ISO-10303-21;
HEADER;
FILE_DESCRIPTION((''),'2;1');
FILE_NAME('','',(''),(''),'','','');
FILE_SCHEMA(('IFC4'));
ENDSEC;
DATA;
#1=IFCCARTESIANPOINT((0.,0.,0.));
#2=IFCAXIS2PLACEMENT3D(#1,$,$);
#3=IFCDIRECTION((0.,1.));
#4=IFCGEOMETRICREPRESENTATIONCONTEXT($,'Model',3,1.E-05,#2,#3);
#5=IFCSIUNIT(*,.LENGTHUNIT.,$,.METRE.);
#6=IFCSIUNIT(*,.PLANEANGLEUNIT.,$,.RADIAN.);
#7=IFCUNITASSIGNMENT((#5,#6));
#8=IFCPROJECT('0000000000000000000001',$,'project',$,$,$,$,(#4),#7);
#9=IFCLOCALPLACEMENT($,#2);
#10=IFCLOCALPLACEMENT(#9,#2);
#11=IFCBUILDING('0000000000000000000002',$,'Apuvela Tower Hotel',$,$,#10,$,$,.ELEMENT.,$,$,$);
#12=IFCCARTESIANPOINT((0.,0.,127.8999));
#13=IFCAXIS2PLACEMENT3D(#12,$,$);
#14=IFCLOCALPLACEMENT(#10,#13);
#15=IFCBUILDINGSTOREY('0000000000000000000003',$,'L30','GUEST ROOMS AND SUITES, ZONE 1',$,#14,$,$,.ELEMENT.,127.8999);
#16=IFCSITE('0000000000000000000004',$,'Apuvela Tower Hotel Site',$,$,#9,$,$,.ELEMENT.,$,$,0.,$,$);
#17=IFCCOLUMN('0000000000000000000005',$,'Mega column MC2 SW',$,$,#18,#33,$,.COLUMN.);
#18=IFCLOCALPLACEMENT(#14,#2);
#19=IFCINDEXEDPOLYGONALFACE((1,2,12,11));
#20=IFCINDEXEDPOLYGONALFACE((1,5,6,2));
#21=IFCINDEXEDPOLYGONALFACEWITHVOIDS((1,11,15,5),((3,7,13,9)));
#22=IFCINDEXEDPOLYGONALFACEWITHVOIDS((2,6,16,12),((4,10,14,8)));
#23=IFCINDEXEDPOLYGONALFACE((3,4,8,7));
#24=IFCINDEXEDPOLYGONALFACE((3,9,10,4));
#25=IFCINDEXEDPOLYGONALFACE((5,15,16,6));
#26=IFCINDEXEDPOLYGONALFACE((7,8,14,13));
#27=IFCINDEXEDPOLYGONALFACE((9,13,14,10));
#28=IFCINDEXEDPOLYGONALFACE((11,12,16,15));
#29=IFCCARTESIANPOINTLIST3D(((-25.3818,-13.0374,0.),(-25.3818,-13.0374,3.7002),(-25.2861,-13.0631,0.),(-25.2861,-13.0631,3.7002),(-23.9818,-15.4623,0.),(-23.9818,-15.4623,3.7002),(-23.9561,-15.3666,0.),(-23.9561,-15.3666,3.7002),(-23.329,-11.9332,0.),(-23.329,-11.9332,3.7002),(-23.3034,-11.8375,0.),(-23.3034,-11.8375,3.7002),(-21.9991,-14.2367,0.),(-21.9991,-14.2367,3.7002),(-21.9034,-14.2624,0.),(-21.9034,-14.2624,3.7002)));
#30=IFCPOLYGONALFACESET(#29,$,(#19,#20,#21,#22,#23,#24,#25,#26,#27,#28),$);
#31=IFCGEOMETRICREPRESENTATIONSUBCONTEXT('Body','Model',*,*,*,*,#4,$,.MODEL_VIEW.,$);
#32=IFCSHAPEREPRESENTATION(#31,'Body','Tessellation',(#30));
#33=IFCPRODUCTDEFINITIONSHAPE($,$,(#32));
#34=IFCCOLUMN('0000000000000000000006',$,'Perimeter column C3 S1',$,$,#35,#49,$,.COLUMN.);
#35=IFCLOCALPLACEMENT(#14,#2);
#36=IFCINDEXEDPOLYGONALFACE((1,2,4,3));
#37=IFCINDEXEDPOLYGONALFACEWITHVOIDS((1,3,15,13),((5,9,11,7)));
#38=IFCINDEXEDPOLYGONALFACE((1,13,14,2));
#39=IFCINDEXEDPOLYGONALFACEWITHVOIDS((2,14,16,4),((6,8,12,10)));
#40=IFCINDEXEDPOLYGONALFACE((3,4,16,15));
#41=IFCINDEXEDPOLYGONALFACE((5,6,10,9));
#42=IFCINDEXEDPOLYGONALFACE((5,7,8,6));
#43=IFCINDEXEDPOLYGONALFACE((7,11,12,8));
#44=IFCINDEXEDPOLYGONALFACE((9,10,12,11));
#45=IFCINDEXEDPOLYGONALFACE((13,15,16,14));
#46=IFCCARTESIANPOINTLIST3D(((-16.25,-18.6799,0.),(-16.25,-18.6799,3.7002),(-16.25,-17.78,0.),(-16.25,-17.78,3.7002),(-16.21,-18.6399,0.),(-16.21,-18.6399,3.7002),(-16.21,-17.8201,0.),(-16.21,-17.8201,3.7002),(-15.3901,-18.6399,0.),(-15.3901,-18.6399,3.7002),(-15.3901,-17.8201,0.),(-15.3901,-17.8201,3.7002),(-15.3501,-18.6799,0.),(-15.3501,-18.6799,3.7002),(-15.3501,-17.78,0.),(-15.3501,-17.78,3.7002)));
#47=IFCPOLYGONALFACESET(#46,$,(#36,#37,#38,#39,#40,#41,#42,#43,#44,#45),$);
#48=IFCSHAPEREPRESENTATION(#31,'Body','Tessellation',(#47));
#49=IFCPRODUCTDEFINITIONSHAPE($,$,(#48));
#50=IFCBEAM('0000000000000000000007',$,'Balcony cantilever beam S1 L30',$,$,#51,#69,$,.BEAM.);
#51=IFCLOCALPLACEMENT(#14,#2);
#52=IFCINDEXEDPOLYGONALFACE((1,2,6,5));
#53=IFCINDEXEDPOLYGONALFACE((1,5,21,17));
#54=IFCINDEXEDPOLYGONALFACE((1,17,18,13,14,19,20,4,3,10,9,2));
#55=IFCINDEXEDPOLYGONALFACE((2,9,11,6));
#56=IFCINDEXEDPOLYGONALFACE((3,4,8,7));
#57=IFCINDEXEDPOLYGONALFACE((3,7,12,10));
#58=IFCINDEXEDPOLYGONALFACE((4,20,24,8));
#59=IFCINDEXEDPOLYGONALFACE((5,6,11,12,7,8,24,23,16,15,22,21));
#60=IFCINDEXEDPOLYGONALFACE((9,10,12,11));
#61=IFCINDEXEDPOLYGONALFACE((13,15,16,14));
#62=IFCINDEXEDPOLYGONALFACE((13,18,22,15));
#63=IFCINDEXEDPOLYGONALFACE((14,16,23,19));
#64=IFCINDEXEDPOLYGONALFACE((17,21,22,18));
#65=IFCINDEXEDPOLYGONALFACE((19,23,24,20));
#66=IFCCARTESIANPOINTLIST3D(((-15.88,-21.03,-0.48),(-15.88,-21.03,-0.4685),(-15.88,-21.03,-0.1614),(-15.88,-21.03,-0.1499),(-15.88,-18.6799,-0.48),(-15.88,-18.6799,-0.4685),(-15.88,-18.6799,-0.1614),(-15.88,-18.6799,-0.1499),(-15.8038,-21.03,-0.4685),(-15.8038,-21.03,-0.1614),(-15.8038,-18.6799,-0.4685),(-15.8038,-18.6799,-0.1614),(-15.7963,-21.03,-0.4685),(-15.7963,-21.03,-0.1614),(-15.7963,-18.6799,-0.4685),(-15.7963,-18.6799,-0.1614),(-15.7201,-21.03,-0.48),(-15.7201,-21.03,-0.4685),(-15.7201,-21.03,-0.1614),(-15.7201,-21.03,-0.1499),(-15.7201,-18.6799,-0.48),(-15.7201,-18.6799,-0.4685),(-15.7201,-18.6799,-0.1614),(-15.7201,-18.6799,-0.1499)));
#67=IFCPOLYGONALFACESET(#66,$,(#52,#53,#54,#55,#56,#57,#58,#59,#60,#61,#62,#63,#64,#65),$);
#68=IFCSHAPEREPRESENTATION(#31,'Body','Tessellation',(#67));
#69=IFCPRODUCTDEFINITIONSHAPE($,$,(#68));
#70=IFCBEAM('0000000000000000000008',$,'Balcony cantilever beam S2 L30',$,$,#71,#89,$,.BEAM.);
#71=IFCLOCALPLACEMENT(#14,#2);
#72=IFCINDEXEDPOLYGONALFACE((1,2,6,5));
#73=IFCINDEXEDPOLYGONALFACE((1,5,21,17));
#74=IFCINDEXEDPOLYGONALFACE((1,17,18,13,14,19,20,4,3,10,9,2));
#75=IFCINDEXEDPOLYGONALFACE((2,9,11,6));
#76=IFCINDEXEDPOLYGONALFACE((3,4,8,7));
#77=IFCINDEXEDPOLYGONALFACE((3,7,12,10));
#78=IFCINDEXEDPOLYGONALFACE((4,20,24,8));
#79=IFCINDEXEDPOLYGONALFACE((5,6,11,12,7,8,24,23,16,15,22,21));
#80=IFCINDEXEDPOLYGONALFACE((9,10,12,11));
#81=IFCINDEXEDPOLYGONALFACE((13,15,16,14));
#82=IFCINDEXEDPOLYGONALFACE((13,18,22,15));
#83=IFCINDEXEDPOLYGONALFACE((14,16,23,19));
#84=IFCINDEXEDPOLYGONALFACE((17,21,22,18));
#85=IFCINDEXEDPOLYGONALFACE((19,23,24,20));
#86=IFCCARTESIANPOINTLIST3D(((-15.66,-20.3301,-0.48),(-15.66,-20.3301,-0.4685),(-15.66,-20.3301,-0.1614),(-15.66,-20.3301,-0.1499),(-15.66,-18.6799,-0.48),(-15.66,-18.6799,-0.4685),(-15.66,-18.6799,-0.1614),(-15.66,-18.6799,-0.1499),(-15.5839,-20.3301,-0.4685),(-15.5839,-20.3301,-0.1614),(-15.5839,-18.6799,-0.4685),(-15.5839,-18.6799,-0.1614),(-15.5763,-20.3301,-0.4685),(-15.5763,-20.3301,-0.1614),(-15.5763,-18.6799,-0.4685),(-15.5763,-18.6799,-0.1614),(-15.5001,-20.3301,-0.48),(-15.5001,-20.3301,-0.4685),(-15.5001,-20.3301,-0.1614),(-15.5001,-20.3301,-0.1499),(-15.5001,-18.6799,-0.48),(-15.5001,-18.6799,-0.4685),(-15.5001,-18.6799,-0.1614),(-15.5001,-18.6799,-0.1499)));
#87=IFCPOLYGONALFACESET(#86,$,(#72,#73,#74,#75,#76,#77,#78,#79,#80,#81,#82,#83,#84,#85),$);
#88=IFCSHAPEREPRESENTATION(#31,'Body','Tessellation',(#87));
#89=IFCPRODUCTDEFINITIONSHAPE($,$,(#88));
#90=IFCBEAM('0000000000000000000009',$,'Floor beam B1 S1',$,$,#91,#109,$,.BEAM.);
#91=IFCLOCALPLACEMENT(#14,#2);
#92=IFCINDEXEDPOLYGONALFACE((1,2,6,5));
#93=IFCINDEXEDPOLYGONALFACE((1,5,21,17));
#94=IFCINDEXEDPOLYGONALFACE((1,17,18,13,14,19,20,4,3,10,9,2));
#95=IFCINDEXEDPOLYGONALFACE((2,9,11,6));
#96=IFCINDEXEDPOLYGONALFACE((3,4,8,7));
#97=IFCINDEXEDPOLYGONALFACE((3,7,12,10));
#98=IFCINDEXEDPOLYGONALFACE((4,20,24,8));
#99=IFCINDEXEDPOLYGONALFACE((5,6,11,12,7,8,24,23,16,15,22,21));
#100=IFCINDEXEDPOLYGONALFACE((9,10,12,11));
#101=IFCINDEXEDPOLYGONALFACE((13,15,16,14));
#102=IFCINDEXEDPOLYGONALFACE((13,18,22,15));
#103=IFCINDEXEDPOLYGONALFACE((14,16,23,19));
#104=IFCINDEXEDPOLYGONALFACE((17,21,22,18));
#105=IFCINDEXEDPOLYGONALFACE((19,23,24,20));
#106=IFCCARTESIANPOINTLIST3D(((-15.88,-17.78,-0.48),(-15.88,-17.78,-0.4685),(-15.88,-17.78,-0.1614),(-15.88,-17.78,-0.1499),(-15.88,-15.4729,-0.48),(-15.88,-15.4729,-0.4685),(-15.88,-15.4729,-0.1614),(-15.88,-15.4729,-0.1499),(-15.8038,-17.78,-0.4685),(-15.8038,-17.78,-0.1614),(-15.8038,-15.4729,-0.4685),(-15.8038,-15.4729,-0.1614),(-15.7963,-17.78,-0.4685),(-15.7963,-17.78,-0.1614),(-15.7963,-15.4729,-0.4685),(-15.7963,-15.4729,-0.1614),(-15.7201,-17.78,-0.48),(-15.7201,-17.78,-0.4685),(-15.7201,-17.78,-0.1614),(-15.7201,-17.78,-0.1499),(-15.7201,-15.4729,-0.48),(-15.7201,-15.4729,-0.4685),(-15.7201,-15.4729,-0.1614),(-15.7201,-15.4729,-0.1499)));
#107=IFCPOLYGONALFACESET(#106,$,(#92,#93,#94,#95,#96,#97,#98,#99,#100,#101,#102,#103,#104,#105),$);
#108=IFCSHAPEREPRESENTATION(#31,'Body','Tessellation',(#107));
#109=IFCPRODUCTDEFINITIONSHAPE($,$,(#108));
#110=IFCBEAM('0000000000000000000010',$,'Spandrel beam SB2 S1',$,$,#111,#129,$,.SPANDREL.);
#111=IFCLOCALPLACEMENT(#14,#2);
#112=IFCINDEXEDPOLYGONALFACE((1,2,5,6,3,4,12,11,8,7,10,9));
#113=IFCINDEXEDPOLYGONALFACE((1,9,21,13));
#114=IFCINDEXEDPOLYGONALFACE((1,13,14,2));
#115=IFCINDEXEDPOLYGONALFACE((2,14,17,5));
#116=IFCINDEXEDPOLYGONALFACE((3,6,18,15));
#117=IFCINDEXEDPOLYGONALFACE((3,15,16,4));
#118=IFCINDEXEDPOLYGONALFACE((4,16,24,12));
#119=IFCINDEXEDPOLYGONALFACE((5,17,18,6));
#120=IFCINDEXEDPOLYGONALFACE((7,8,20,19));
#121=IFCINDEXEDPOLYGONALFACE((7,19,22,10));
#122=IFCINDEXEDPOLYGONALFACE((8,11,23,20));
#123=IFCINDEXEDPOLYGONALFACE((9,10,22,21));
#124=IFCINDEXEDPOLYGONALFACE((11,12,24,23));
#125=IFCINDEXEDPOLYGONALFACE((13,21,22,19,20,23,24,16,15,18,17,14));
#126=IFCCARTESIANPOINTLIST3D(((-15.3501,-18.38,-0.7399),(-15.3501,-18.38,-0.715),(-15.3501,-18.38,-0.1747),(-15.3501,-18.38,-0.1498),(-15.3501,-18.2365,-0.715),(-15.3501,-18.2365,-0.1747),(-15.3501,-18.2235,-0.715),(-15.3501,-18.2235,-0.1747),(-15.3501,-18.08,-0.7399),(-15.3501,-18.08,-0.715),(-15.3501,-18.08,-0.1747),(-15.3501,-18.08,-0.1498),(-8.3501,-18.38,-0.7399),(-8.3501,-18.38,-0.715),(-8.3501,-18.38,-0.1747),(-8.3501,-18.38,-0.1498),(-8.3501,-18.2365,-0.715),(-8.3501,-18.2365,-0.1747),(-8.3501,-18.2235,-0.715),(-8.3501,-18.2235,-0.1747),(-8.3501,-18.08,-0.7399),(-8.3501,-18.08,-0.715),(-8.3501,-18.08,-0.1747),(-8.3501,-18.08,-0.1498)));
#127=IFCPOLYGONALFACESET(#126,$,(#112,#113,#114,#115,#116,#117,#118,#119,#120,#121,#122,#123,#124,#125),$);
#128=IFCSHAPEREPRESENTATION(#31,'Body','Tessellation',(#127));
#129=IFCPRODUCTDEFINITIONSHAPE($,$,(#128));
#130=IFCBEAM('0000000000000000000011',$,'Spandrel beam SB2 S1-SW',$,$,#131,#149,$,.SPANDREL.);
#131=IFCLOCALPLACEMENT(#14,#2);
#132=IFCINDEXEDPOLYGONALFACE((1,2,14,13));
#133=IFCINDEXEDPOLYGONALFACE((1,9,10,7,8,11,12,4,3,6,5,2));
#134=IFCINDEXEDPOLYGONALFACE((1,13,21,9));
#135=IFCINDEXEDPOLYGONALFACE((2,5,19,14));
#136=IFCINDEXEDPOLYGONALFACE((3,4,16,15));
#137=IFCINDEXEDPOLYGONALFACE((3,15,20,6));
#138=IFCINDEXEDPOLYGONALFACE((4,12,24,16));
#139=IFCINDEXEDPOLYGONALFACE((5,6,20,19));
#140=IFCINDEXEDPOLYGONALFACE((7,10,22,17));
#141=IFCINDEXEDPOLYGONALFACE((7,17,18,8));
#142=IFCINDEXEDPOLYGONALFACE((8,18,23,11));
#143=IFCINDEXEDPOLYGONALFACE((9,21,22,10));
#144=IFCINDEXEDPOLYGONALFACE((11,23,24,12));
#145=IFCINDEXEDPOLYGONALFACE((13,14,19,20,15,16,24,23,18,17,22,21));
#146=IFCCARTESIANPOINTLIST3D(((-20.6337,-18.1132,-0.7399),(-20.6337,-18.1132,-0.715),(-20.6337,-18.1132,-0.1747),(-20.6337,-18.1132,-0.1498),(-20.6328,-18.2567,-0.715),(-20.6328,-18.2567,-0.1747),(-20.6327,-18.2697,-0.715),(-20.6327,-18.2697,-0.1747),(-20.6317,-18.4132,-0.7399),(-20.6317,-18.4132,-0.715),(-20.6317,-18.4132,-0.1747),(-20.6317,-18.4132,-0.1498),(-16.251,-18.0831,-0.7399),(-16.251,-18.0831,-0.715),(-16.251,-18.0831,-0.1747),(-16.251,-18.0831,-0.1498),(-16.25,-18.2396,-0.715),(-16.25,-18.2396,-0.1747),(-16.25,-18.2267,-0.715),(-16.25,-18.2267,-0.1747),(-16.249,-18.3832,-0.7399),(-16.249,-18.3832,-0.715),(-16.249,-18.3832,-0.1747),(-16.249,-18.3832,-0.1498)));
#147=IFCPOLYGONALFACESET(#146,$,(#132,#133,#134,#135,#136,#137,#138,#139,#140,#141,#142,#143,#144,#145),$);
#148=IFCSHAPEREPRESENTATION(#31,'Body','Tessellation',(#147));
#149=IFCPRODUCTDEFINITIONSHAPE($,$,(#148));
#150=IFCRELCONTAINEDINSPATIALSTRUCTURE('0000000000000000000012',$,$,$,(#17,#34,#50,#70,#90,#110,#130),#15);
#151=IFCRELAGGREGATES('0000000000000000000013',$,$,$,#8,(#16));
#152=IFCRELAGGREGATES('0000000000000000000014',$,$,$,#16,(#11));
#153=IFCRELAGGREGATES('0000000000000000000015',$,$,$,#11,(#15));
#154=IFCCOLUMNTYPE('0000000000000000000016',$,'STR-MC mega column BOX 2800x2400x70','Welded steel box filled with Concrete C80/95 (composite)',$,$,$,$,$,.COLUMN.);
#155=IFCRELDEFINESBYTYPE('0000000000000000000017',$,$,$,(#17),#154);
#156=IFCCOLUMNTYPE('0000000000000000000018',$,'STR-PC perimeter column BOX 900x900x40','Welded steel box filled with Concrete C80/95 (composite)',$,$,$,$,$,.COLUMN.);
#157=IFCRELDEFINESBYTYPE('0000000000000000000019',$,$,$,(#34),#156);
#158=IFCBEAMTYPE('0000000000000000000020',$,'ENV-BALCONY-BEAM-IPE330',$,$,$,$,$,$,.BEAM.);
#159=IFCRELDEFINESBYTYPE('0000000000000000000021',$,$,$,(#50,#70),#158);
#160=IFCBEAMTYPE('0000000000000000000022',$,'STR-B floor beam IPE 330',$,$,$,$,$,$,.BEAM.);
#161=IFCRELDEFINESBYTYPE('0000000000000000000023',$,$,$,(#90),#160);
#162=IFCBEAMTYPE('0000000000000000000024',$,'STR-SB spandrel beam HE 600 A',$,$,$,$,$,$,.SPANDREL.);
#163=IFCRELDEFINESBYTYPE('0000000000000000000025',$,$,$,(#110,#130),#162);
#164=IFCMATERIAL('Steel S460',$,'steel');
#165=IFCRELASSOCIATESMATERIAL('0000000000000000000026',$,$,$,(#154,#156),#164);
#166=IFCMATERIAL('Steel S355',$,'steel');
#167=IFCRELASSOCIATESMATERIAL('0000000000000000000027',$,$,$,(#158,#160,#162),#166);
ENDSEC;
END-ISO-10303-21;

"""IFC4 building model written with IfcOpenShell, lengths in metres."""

from ifc_helpers import new_model, si_unit, direction, frame, origin, origin_2d, place, context, subcontext, project, spatial, rectangle, hollow_rectangle, i_section, extrude, material, material_profile, profile_set, type_object, element, save


model = new_model("IFC4")

# Units and contexts
model_context = context("Model", 3, precision=1e-05, world=origin(), true_north=direction((0.0, 1.0)))
body_context = subcontext(model_context, "Body", "Model", "MODEL_VIEW")
ifc_project = project(units=[si_unit("LENGTHUNIT", "METRE"), si_unit("PLANEANGLEUNIT", "RADIAN")], contexts=[model_context])

# Site, building, storey
site_placement = place(None, origin())
site = spatial("IfcSite", under=ifc_project, at=site_placement, Name="Apuvela Tower Hotel Site", CompositionType="ELEMENT", RefElevation=0.0)
building_placement = place(site_placement, origin())
building = spatial("IfcBuilding", under=site, at=building_placement, Name="Apuvela Tower Hotel", CompositionType="ELEMENT")
storey_placement = place(building_placement, frame((0.0, 0.0, 127.8999)))
storey = spatial("IfcBuildingStorey", under=building, at=storey_placement, Name="L30", Description="GUEST ROOMS AND SUITES, ZONE 1", CompositionType="ELEMENT", Elevation=127.8999)

# Columns
ifc_material_1 = material(Name="Steel S460", Category="steel")
ifc_material_profile_1 = material_profile(ifc_material_1, hollow_rectangle(XDim=2.8, YDim=2.3999, WallThickness=0.0701, at=origin_2d()), Name="BOX 2800x2400x70")
ifc_material_2 = material(Name="Concrete C80/95", Category="concrete")
ifc_material_profile_2 = material_profile(ifc_material_2, rectangle(XDim=2.6599, YDim=2.26, at=origin_2d()), Name="Concrete C80/95 infill")
ifc_profile_set_1 = profile_set([ifc_material_profile_1, ifc_material_profile_2], Name="Steel S460")
column_type_1 = type_object("IfcColumnType", Name="STR-MC mega column BOX 2800x2400x70", Description="Welded steel box filled with Concrete C80/95 (composite)", PredefinedType="COLUMN", material=ifc_profile_set_1)
column_1_placement = place(storey_placement, frame((-23.6426, -13.6499, 0.0), z_axis=(0.0, 0.0, 1.0), x_axis=(-0.5, 0.866025, 0.0)))
element("IfcColumn", 1, at=column_1_placement, inside=storey, type_object=column_type_1, Name="Mega column MC2 SW", PredefinedType="COLUMN", context=body_context, shape_type="SweptSolid", body=[
    extrude(hollow_rectangle(XDim=2.8, YDim=2.3999, WallThickness=0.0701, at=origin_2d()), origin(), (0.0, 0.0, 1.0), 3.7002),
])
ifc_material_profile_3 = material_profile(ifc_material_1, hollow_rectangle(XDim=0.8999, YDim=0.8999, WallThickness=0.04, at=origin_2d()), Name="BOX 900x900x40")
ifc_material_profile_4 = material_profile(ifc_material_2, rectangle(XDim=0.8201, YDim=0.8201, at=origin_2d()), Name="Concrete C80/95 infill")
ifc_profile_set_2 = profile_set([ifc_material_profile_3, ifc_material_profile_4], Name="Steel S460")
column_type_2 = type_object("IfcColumnType", Name="STR-PC perimeter column BOX 900x900x40", Description="Welded steel box filled with Concrete C80/95 (composite)", PredefinedType="COLUMN", material=ifc_profile_set_2)
column_2_placement = place(storey_placement, frame((-15.8, -18.23, 0.0), z_axis=(0.0, 0.0, 1.0), x_axis=(-1.0, 0.0, 0.0)))
element("IfcColumn", 2, at=column_2_placement, inside=storey, type_object=column_type_2, Name="Perimeter column C3 S1", PredefinedType="COLUMN", context=body_context, shape_type="SweptSolid", body=[
    extrude(hollow_rectangle(XDim=0.8999, YDim=0.8999, WallThickness=0.04, at=origin_2d()), origin(), (0.0, 0.0, 1.0), 3.7002),
])

# Beams
ifc_material_3 = material(Name="Steel S355", Category="steel")
ifc_material_profile_5 = material_profile(ifc_material_3, i_section(OverallWidth=0.1599, OverallDepth=0.3301, WebThickness=0.0076, FlangeThickness=0.0115, at=origin_2d()), Name="IPE 330")
ifc_profile_set_3 = profile_set([ifc_material_profile_5], Name="Steel S355")
beam_type_1 = type_object("IfcBeamType", Name="ENV-BALCONY-BEAM-IPE330", PredefinedType="BEAM", material=ifc_profile_set_3)
beam_1_placement = place(storey_placement, frame((-15.8, -18.6799, -0.3149), z_axis=(0.0, -1.0, 0.0), x_axis=(1.0, 0.0, 0.0)))
element("IfcBeam", 3, at=beam_1_placement, inside=storey, type_object=beam_type_1, Name="Balcony cantilever beam S1 L30", PredefinedType="BEAM", context=body_context, shape_type="SweptSolid", body=[
    extrude(i_section(OverallWidth=0.1599, OverallDepth=0.3301, WebThickness=0.0076, FlangeThickness=0.0115, at=origin_2d()), origin(), (0.0, 0.0, 1.0), 2.3501),
])
beam_2_placement = place(storey_placement, frame((-15.5801, -18.6799, -0.3149), z_axis=(0.0, -1.0, 0.0), x_axis=(1.0, 0.0, 0.0)))
element("IfcBeam", 4, at=beam_2_placement, inside=storey, type_object=beam_type_1, Name="Balcony cantilever beam S2 L30", PredefinedType="BEAM", context=body_context, shape_type="SweptSolid", body=[
    extrude(i_section(OverallWidth=0.1599, OverallDepth=0.3301, WebThickness=0.0076, FlangeThickness=0.0115, at=origin_2d()), origin(), (0.0, 0.0, 1.0), 1.6501),
])
ifc_material_profile_6 = material_profile(ifc_material_3, i_section(OverallWidth=0.1599, OverallDepth=0.3301, WebThickness=0.0076, FlangeThickness=0.0115, at=origin_2d()), Name="IPE 330")
ifc_profile_set_4 = profile_set([ifc_material_profile_6], Name="Steel S355")
beam_type_2 = type_object("IfcBeamType", Name="STR-B floor beam IPE 330", PredefinedType="BEAM", material=ifc_profile_set_4)
beam_3_placement = place(storey_placement, frame((-15.8, -17.78, -0.3149), z_axis=(0.0, 1.0, 0.0), x_axis=(-1.0, 0.0, 0.0)))
element("IfcBeam", 5, at=beam_3_placement, inside=storey, type_object=beam_type_2, Name="Floor beam B1 S1", PredefinedType="BEAM", context=body_context, shape_type="SweptSolid", body=[
    extrude(i_section(OverallWidth=0.1599, OverallDepth=0.3301, WebThickness=0.0076, FlangeThickness=0.0115, at=origin_2d()), origin(), (0.0, 0.0, 1.0), 2.3071),
])
ifc_material_profile_7 = material_profile(ifc_material_3, i_section(OverallWidth=0.3, OverallDepth=0.5901, WebThickness=0.0129, FlangeThickness=0.0249, at=origin_2d()), Name="HE 600 A")
ifc_profile_set_5 = profile_set([ifc_material_profile_7], Name="Steel S355")
beam_type_3 = type_object("IfcBeamType", Name="STR-SB spandrel beam HE 600 A", PredefinedType="SPANDREL", material=ifc_profile_set_5)
beam_4_placement = place(storey_placement, frame((-15.3501, -18.23, -0.4448), z_axis=(1.0, 0.0, 0.0), x_axis=(0.0, 1.0, 0.0)))
element("IfcBeam", 6, at=beam_4_placement, inside=storey, type_object=beam_type_3, Name="Spandrel beam SB2 S1", PredefinedType="SPANDREL", context=body_context, shape_type="SweptSolid", body=[
    extrude(i_section(OverallWidth=0.3, OverallDepth=0.5901, WebThickness=0.0129, FlangeThickness=0.0249, at=origin_2d()), origin(), (0.0, 0.0, 1.0), 7.0),
])
beam_5_placement = place(storey_placement, frame((-16.25, -18.2332, -0.4448), z_axis=(-0.999977, -0.006851, 0.0), x_axis=(0.006851, -0.999977, 0.0)))
element("IfcBeam", 7, at=beam_5_placement, inside=storey, type_object=beam_type_3, Name="Spandrel beam SB2 S1-SW", PredefinedType="SPANDREL", context=body_context, shape_type="SweptSolid", body=[
    extrude(i_section(OverallWidth=0.3, OverallDepth=0.5901, WebThickness=0.0129, FlangeThickness=0.0249, at=origin_2d()), origin(), (0.0, 0.0, 1.0), 4.3828),
])

save(model, "model.ifc")
